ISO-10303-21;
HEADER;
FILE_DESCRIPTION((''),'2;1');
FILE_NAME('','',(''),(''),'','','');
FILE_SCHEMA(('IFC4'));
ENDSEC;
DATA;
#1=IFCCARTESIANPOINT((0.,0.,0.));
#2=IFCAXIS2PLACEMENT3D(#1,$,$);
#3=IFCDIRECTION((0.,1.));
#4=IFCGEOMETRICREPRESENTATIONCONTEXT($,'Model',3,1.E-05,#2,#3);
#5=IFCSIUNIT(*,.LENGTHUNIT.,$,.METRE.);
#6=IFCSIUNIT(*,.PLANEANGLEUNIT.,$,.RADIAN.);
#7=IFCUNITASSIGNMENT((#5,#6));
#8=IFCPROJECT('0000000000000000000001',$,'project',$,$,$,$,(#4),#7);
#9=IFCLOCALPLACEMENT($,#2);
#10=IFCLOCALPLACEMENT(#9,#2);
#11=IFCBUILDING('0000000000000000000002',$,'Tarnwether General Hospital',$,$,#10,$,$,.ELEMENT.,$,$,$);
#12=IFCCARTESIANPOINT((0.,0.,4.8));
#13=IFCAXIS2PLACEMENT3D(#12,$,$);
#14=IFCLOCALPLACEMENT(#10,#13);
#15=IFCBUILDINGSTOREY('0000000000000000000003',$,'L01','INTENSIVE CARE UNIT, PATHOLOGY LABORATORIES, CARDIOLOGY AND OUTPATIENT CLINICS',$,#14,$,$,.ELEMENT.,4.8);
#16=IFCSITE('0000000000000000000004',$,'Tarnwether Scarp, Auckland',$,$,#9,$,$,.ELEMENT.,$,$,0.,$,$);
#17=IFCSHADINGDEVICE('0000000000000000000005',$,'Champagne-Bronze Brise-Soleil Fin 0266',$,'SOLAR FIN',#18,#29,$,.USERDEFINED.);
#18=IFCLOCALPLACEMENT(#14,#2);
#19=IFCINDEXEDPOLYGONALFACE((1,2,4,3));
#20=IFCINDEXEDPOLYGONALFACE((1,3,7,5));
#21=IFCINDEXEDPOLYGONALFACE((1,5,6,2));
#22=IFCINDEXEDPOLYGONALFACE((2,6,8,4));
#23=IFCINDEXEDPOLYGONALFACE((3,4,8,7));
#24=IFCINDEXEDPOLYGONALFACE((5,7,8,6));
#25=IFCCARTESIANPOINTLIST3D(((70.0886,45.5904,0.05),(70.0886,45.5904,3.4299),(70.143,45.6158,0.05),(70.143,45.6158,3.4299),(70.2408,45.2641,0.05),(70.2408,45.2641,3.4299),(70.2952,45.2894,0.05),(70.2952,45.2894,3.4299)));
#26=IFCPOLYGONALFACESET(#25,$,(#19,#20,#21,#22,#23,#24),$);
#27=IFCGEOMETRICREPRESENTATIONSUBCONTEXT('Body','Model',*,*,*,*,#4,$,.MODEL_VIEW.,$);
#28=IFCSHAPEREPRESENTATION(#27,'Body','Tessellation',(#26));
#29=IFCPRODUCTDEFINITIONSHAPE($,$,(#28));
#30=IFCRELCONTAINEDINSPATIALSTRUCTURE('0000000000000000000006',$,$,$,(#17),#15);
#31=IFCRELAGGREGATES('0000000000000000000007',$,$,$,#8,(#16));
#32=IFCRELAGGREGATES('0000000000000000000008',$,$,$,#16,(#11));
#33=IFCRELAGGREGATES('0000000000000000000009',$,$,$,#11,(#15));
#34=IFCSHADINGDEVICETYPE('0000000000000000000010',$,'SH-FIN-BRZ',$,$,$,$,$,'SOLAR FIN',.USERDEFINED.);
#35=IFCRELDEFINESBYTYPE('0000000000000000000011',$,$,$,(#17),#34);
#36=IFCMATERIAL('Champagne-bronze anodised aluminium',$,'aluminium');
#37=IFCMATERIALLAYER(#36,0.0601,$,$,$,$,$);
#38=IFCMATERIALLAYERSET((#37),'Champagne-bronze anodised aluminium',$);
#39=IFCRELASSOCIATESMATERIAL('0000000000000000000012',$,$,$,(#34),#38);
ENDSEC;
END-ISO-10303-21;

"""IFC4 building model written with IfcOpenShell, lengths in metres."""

from ifc_helpers import new_model, si_unit, direction, frame, origin, origin_2d, place, context, subcontext, project, spatial, rectangle, extrude, material, layer, layer_set, type_object, element, save


model = new_model("IFC4")

# Units and contexts
model_context = context("Model", 3, precision=1e-05, world=origin(), true_north=direction((0.0, 1.0)))
body_context = subcontext(model_context, "Body", "Model", "MODEL_VIEW")
ifc_project = project(units=[si_unit("LENGTHUNIT", "METRE"), si_unit("PLANEANGLEUNIT", "RADIAN")], contexts=[model_context])

# Site, building, storey
site_placement = place(None, origin())
site = spatial("IfcSite", under=ifc_project, at=site_placement, Name="Tarnwether Scarp, Auckland", CompositionType="ELEMENT", RefElevation=0.0)
building_placement = place(site_placement, origin())
building = spatial("IfcBuilding", under=site, at=building_placement, Name="Tarnwether General Hospital", CompositionType="ELEMENT")
storey_placement = place(building_placement, frame((0.0, 0.0, 4.8)))
storey = spatial("IfcBuildingStorey", under=building, at=storey_placement, Name="L01", Description="INTENSIVE CARE UNIT, PATHOLOGY LABORATORIES, CARDIOLOGY AND OUTPATIENT CLINICS", CompositionType="ELEMENT", Elevation=4.8)

# Shading device
ifc_material_1 = material(Name="Champagne-bronze anodised aluminium", Category="aluminium")
ifc_layer = layer(ifc_material_1, 0.0601)
ifc_layer_set = layer_set([ifc_layer], Name="Champagne-bronze anodised aluminium")
shading_device_type = type_object("IfcShadingDeviceType", Name="SH-FIN-BRZ", ElementType="SOLAR FIN", PredefinedType="USERDEFINED", material=ifc_layer_set)
for number, where, z_axis, x_axis, name in (
    (1, (70.1919, 45.4399, 0.05), (0.0, 0.0, 1.0), (-0.906308, -0.422618, 0.0), "Champagne-Bronze Brise-Soleil Fin 0266"),
):
    element("IfcShadingDevice", number, at=place(storey_placement, frame(where, z_axis=z_axis, x_axis=x_axis)), inside=storey, type_object=shading_device_type, Name=name, ObjectType="SOLAR FIN", PredefinedType="USERDEFINED", context=body_context, shape_type="SweptSolid", body=[
        extrude(rectangle(XDim=0.0601, YDim=0.3601, at=origin_2d()), origin(), (0.0, 0.0, 1.0), 3.3799),
    ])

save(model, "model.ifc")
